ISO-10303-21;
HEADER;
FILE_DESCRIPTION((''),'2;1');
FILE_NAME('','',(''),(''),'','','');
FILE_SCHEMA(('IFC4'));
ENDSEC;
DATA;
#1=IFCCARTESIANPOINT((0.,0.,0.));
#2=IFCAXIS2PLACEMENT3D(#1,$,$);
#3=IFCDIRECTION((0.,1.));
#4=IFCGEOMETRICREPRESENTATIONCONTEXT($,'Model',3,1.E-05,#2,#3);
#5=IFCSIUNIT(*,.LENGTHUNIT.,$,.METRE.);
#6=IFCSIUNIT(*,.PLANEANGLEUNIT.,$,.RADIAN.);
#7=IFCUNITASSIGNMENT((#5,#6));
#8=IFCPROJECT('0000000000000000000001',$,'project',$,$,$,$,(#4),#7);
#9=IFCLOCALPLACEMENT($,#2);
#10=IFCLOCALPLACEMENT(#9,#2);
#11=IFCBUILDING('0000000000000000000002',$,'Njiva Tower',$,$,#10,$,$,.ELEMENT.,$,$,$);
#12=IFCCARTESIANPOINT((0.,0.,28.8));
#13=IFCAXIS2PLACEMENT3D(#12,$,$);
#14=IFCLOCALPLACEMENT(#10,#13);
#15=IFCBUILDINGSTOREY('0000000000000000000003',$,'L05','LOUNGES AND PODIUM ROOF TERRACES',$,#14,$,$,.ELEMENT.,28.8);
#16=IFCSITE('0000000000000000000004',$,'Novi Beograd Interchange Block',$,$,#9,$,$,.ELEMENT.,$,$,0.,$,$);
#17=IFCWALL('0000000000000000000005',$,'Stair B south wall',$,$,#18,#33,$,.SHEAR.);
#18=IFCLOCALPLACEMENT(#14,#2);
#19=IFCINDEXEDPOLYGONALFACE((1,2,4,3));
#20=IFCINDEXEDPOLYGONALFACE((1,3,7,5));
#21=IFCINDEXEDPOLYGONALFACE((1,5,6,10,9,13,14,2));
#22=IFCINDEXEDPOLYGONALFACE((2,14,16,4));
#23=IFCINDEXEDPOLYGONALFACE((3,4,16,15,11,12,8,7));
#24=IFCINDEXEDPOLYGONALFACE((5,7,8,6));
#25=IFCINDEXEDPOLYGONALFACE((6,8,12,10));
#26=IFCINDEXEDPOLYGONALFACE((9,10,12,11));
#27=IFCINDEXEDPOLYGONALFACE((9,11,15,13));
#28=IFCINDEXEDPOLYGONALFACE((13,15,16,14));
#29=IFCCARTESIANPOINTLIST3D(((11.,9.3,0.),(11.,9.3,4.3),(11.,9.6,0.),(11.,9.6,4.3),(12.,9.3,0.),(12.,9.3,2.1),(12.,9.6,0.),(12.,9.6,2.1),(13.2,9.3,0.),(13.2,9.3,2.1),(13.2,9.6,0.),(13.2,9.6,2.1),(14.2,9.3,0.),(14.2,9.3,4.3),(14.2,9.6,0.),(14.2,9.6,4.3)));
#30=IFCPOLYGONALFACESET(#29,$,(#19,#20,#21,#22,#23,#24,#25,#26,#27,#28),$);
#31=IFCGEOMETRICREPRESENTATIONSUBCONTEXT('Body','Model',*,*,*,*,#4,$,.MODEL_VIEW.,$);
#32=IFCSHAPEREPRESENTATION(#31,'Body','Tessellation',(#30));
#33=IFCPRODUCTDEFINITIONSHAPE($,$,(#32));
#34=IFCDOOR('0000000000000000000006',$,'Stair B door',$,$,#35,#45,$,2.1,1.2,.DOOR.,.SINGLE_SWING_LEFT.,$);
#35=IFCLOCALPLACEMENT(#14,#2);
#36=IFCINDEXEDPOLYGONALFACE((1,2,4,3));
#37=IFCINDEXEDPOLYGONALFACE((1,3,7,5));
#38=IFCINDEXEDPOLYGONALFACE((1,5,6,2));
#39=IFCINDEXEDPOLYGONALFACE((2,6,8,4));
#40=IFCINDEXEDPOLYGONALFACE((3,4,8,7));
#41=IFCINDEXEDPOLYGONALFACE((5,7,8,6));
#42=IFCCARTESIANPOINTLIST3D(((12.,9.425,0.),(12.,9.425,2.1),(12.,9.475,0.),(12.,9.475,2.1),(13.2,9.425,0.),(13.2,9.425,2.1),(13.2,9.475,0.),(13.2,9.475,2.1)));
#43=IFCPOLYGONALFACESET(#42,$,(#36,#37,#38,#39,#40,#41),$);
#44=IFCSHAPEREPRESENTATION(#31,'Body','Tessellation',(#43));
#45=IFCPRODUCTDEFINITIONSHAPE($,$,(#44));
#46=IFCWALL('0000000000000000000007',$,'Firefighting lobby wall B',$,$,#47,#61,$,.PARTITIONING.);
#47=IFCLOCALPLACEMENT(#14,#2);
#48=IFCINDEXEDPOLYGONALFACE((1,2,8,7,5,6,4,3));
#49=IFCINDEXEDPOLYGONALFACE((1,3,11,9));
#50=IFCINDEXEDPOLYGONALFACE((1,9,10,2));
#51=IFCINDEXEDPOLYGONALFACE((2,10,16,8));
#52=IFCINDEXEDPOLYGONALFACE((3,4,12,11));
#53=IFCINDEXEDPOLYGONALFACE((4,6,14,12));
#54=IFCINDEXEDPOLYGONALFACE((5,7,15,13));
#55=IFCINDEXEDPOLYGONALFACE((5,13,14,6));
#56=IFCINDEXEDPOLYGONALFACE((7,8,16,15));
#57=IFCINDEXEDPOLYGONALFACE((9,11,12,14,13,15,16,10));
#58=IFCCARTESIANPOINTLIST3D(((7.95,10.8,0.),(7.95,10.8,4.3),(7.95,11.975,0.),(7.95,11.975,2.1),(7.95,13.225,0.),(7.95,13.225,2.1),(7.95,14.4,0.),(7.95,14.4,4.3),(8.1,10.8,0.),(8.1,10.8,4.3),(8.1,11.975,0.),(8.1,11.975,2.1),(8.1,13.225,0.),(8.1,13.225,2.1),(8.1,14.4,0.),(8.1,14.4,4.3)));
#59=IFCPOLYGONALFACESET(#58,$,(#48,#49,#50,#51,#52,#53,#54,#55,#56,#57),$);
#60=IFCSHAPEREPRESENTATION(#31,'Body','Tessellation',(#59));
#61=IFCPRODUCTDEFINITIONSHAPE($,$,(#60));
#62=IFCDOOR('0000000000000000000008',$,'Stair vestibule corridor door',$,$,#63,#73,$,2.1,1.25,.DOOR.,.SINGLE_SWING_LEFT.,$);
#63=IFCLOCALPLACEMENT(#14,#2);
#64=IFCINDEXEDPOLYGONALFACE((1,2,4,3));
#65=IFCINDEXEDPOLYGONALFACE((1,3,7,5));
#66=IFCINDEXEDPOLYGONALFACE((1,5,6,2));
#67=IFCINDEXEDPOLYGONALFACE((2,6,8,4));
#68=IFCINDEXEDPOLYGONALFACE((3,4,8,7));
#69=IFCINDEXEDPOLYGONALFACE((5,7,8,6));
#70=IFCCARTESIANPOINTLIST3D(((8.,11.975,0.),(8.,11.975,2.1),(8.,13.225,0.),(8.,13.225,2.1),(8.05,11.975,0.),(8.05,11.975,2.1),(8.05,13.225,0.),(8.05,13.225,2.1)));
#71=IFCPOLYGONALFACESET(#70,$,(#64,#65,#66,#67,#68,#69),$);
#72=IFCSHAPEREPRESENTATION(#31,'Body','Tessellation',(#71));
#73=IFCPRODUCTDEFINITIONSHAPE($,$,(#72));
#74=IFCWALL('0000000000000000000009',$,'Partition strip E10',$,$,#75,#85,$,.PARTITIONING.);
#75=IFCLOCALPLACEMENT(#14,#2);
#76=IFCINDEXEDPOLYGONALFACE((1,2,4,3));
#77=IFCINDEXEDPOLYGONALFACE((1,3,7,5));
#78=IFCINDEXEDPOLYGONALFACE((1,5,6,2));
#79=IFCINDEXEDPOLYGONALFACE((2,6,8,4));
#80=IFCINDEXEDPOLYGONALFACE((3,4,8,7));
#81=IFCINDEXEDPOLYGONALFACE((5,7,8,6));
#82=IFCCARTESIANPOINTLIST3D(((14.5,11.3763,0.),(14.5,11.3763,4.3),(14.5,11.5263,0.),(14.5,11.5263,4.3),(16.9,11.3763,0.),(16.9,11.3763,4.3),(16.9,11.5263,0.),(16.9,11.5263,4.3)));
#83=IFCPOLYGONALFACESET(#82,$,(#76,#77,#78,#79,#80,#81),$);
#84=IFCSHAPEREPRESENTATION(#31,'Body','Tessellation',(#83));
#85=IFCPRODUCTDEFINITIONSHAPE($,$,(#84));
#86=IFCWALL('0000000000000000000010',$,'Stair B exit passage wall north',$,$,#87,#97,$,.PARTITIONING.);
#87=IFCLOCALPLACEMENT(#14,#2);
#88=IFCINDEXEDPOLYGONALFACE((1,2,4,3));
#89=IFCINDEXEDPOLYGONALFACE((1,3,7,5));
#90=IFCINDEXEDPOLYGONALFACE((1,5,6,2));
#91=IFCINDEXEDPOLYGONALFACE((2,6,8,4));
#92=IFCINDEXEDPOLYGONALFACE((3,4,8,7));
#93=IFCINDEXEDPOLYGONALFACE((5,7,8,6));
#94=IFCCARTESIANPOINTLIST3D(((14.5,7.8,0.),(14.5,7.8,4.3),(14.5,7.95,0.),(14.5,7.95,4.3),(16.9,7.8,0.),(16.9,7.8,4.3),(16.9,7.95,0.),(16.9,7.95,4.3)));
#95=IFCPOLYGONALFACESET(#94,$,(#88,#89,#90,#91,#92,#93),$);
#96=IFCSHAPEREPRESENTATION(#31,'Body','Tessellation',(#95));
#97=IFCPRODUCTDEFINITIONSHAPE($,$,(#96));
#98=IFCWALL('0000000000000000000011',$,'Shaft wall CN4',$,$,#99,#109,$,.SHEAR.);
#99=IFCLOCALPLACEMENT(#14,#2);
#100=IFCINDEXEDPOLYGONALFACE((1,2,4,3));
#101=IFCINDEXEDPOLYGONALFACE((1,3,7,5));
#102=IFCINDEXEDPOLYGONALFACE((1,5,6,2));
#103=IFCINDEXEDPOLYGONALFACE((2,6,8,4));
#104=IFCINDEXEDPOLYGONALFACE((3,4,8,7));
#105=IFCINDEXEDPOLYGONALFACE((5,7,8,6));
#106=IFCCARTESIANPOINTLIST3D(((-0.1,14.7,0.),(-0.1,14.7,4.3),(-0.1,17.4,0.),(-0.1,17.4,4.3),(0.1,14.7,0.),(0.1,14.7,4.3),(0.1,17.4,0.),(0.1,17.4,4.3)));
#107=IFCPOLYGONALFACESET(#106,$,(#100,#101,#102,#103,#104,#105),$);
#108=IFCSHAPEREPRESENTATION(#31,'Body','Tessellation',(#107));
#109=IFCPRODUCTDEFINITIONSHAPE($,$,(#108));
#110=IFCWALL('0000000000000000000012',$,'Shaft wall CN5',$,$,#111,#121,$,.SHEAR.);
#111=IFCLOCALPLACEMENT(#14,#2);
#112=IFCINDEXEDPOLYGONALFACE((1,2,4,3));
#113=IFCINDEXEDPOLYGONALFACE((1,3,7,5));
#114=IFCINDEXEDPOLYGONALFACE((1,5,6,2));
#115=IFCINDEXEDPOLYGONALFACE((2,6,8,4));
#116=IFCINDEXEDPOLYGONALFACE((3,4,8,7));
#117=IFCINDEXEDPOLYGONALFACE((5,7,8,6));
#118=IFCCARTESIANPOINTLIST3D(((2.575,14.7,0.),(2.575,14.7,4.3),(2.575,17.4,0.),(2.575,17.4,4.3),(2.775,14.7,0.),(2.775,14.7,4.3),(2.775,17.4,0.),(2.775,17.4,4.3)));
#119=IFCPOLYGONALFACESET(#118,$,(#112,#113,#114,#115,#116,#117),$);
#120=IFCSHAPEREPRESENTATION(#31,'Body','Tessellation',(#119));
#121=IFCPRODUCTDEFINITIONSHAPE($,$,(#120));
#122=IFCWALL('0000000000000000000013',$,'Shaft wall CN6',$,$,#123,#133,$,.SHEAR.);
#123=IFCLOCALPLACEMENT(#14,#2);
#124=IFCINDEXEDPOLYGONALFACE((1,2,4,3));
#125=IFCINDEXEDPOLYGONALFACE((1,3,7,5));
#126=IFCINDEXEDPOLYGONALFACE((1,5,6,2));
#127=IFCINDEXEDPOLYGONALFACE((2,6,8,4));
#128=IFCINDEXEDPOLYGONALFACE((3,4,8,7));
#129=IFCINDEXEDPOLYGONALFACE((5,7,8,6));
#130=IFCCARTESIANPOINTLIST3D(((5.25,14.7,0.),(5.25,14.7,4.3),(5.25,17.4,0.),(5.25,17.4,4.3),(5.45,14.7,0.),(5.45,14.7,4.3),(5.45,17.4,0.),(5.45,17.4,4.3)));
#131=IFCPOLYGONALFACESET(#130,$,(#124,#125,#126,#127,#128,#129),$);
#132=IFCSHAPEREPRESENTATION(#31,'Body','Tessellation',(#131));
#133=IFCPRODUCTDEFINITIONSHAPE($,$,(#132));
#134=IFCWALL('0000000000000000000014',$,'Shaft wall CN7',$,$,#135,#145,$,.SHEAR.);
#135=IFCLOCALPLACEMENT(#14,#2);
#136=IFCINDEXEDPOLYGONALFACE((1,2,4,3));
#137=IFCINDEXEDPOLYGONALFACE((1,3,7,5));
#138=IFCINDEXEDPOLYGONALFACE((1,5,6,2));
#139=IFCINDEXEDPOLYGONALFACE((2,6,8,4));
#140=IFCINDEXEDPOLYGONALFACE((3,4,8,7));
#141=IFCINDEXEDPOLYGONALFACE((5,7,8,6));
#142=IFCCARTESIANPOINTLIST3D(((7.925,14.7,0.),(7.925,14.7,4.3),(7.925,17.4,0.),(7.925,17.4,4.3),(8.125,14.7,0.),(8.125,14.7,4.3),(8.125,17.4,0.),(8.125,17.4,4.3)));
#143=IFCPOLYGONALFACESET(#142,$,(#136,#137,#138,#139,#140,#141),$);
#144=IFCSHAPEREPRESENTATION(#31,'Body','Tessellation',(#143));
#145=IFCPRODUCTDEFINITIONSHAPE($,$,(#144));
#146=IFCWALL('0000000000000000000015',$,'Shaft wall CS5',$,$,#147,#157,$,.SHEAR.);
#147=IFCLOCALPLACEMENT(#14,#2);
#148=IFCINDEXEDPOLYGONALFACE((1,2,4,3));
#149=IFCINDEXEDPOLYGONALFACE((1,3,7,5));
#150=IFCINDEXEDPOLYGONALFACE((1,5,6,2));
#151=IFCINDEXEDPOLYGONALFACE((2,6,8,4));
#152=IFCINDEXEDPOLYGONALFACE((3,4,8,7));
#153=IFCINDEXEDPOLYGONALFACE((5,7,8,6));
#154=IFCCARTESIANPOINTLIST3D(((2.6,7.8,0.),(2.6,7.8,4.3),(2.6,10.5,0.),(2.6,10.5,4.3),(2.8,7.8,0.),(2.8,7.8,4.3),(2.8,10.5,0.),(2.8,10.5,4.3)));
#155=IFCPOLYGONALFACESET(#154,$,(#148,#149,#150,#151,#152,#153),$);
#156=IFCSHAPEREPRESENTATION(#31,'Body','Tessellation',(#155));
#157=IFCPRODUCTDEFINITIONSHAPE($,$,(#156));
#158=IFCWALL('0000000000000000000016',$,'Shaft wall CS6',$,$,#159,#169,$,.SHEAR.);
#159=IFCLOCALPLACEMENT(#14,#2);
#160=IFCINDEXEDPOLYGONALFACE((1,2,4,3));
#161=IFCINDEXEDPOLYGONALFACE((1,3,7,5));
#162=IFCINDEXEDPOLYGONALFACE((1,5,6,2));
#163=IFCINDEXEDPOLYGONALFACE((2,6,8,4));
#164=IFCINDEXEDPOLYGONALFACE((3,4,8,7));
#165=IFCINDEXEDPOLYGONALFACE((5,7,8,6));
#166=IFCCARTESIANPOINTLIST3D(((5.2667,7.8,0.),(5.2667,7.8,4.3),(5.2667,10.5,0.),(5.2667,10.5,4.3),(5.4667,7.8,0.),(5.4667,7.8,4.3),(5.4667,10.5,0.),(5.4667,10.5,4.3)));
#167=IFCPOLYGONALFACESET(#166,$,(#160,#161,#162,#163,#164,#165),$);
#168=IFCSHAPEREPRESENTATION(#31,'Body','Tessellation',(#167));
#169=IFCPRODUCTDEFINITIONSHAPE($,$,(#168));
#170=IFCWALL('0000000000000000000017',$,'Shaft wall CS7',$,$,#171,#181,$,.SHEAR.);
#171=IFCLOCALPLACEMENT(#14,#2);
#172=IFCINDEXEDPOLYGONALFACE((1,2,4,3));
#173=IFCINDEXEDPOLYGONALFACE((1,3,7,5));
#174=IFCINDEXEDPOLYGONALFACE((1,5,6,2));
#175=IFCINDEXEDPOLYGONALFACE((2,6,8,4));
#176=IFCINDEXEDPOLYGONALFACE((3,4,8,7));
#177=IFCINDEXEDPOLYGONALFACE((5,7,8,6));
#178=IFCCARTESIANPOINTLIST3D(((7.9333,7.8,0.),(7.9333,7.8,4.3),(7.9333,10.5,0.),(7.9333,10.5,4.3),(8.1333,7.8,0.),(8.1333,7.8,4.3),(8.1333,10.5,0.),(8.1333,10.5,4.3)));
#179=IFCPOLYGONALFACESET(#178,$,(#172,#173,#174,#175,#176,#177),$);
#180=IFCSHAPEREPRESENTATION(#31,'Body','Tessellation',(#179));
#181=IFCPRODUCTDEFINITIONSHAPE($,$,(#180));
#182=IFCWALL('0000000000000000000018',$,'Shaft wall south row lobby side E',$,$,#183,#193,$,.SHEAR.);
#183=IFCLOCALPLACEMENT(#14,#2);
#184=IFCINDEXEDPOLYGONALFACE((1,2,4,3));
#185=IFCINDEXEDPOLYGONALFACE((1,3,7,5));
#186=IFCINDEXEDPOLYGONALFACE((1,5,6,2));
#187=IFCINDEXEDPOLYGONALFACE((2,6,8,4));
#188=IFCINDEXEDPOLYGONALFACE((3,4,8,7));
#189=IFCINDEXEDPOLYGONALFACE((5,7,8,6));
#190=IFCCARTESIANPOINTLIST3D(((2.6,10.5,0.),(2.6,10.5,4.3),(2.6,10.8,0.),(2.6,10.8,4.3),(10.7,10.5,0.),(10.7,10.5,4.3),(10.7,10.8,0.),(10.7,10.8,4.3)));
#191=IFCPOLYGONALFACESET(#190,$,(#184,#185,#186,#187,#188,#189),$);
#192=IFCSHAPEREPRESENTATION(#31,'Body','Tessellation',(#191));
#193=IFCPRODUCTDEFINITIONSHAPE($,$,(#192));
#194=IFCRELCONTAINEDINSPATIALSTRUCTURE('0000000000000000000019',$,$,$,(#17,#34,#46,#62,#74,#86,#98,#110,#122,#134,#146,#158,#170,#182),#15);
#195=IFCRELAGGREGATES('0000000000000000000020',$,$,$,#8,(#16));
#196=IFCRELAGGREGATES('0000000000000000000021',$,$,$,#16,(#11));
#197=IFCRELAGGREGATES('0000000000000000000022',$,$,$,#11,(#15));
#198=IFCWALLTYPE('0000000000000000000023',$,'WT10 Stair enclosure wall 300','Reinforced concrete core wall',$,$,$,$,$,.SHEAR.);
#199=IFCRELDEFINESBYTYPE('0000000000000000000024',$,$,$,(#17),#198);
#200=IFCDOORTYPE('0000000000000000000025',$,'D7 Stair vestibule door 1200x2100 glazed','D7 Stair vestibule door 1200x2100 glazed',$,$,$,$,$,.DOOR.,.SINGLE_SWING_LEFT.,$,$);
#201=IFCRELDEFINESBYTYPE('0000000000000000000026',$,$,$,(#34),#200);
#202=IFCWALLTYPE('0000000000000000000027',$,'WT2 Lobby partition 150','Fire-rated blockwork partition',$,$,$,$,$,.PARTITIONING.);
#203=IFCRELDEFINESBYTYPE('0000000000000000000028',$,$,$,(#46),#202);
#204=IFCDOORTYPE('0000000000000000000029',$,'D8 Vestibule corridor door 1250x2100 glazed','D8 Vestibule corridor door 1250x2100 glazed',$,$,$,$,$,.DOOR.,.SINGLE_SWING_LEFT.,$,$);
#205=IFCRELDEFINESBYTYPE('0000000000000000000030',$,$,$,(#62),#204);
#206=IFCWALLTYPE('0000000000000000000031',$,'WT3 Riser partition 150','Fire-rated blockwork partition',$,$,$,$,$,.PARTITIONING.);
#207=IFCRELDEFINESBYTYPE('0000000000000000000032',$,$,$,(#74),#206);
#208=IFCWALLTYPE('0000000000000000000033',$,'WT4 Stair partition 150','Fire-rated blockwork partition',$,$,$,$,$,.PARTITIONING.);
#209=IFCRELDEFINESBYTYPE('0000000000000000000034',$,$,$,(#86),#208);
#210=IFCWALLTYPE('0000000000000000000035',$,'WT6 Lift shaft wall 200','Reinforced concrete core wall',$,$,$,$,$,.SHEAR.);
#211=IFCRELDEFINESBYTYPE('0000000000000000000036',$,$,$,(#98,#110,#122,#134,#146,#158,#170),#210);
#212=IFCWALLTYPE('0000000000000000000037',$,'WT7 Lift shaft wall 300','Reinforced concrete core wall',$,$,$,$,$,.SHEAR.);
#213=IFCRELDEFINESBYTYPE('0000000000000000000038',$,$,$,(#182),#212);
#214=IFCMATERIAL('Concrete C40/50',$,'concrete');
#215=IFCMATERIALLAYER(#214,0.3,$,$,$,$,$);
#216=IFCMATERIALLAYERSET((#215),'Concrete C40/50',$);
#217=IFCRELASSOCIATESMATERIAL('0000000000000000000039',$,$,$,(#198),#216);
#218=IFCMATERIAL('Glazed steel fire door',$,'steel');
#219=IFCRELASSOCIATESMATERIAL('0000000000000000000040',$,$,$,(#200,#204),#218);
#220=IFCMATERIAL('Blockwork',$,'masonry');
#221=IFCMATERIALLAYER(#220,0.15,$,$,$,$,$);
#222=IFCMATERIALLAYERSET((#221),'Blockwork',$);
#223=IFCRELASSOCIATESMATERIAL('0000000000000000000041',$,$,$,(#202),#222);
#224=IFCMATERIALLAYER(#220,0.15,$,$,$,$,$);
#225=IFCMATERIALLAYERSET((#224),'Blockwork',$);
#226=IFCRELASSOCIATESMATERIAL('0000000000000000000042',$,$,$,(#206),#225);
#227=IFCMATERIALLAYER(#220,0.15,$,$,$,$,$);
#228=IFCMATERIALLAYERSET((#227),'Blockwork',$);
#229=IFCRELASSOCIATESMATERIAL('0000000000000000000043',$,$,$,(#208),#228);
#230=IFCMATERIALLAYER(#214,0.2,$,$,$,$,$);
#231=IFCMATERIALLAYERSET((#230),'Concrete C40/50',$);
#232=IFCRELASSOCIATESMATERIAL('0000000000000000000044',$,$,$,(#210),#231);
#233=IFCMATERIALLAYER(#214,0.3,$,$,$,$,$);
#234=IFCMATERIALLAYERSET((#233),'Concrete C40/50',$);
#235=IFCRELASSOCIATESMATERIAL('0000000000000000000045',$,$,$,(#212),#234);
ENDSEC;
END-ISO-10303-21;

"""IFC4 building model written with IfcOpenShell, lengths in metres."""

from ifc_helpers import new_model, si_unit, direction, frame, frame_2d, origin, place, context, subcontext, project, spatial, rectangle, extrude, material, layer, layer_set, type_object, element, fill, save


model = new_model("IFC4")

# Units and contexts
model_context = context("Model", 3, precision=1e-05, world=origin(), true_north=direction((0.0, 1.0)))
body_context = subcontext(model_context, "Body", "Model", "MODEL_VIEW")
ifc_project = project(units=[si_unit("LENGTHUNIT", "METRE"), si_unit("PLANEANGLEUNIT", "RADIAN")], contexts=[model_context])

# Site, building, storey
site_placement = place(None, origin())
site = spatial("IfcSite", under=ifc_project, at=site_placement, Name="Novi Beograd Interchange Block", CompositionType="ELEMENT", RefElevation=0.0)
building_placement = place(site_placement, origin())
building = spatial("IfcBuilding", under=site, at=building_placement, Name="Njiva Tower", CompositionType="ELEMENT")
storey_placement = place(building_placement, frame((0.0, 0.0, 28.8)))
storey = spatial("IfcBuildingStorey", under=building, at=storey_placement, Name="L05", Description="LOUNGES AND PODIUM ROOF TERRACES", CompositionType="ELEMENT", Elevation=28.8)

# Walls, openings, doors
ifc_material_1 = material(Name="Concrete C40/50", Category="concrete")
ifc_layer_1 = layer(ifc_material_1, 0.3)
ifc_layer_set_1 = layer_set([ifc_layer_1], Name="Concrete C40/50")
wall_type_1 = type_object("IfcWallType", Name="WT10 Stair enclosure wall 300", Description="Reinforced concrete core wall", PredefinedType="SHEAR", material=ifc_layer_set_1)
wall_1_placement = place(storey_placement, frame((11.0, 9.45, 0.0), z_axis=(0.0, 0.0, 1.0), x_axis=(1.0, 0.0, 0.0)))
wall_1 = element("IfcWall", 1, at=wall_1_placement, inside=storey, type_object=wall_type_1, Name="Stair B south wall", PredefinedType="SHEAR", context=body_context, shape_type="SweptSolid", body=[
    extrude(rectangle(XDim=3.2, YDim=0.3, at=frame_2d((1.6, 0.0))), origin(), (0.0, 0.0, 1.0), 4.3),
])
opening_1_placement = place(wall_1_placement, frame((1.0, 0.0, 0.0)))
opening_1 = element("IfcOpeningElement", 2, at=opening_1_placement, cuts=wall_1, PredefinedType="OPENING", context=body_context, shape_type="SweptSolid", body=[
    extrude(rectangle(XDim=1.2, YDim=2.1, at=frame_2d((0.6, 1.05))), frame((0.0, 0.16, 0.0), z_axis=(0.0, -1.0, 0.0), x_axis=(1.0, 0.0, 0.0)), (0.0, 0.0, 1.0), 0.32),
])
ifc_material_2 = material(Name="Glazed steel fire door", Category="steel")
door_type_1 = type_object("IfcDoorType", Name="D7 Stair vestibule door 1200x2100 glazed", Description="D7 Stair vestibule door 1200x2100 glazed", OperationType="SINGLE_SWING_LEFT", PredefinedType="DOOR", material=ifc_material_2)
door_1_placement = place(opening_1_placement, origin())
door_1 = element("IfcDoor", 3, at=door_1_placement, inside=storey, type_object=door_type_1, Name="Stair B door", OperationType="SINGLE_SWING_LEFT", OverallHeight=2.1, OverallWidth=1.2, PredefinedType="DOOR", context=body_context, shape_type="SweptSolid", body=[
    extrude(rectangle(XDim=1.2, YDim=2.1, at=frame_2d((0.6, 1.05))), frame((0.0, 0.025, 0.0), z_axis=(0.0, -1.0, 0.0), x_axis=(1.0, 0.0, 0.0)), (0.0, 0.0, 1.0), 0.05),
])
fill(opening_1, door_1)
ifc_material_3 = material(Name="Blockwork", Category="masonry")
ifc_layer_2 = layer(ifc_material_3, 0.15)
ifc_layer_set_2 = layer_set([ifc_layer_2], Name="Blockwork")
wall_type_2 = type_object("IfcWallType", Name="WT2 Lobby partition 150", Description="Fire-rated blockwork partition", PredefinedType="PARTITIONING", material=ifc_layer_set_2)
wall_2_placement = place(storey_placement, frame((8.025, 10.8, 0.0), z_axis=(0.0, 0.0, 1.0), x_axis=(0.0, 1.0, 0.0)))
wall_2 = element("IfcWall", 4, at=wall_2_placement, inside=storey, type_object=wall_type_2, Name="Firefighting lobby wall B", PredefinedType="PARTITIONING", context=body_context, shape_type="SweptSolid", body=[
    extrude(rectangle(XDim=3.6, YDim=0.15, at=frame_2d((1.8, 0.0))), origin(), (0.0, 0.0, 1.0), 4.3),
])
opening_2_placement = place(wall_2_placement, frame((1.175, 0.0, 0.0)))
opening_2 = element("IfcOpeningElement", 5, at=opening_2_placement, cuts=wall_2, PredefinedType="OPENING", context=body_context, shape_type="SweptSolid", body=[
    extrude(rectangle(XDim=1.25, YDim=2.1, at=frame_2d((0.625, 1.05))), frame((0.0, 0.085, 0.0), z_axis=(0.0, -1.0, 0.0), x_axis=(1.0, 0.0, 0.0)), (0.0, 0.0, 1.0), 0.17),
])
door_type_2 = type_object("IfcDoorType", Name="D8 Vestibule corridor door 1250x2100 glazed", Description="D8 Vestibule corridor door 1250x2100 glazed", OperationType="SINGLE_SWING_LEFT", PredefinedType="DOOR", material=ifc_material_2)
door_2_placement = place(opening_2_placement, origin())
door_2 = element("IfcDoor", 6, at=door_2_placement, inside=storey, type_object=door_type_2, Name="Stair vestibule corridor door", OperationType="SINGLE_SWING_LEFT", OverallHeight=2.1, OverallWidth=1.25, PredefinedType="DOOR", context=body_context, shape_type="SweptSolid", body=[
    extrude(rectangle(XDim=1.25, YDim=2.1, at=frame_2d((0.625, 1.05))), frame((0.0, 0.025, 0.0), z_axis=(0.0, -1.0, 0.0), x_axis=(1.0, 0.0, 0.0)), (0.0, 0.0, 1.0), 0.05),
])
fill(opening_2, door_2)

# Walls
ifc_layer_3 = layer(ifc_material_3, 0.15)
ifc_layer_set_3 = layer_set([ifc_layer_3], Name="Blockwork")
wall_type_3 = type_object("IfcWallType", Name="WT3 Riser partition 150", Description="Fire-rated blockwork partition", PredefinedType="PARTITIONING", material=ifc_layer_set_3)
wall_3_placement = place(storey_placement, frame((14.5, 11.4513, 0.0), z_axis=(0.0, 0.0, 1.0), x_axis=(1.0, 0.0, 0.0)))
element("IfcWall", 7, at=wall_3_placement, inside=storey, type_object=wall_type_3, Name="Partition strip E10", PredefinedType="PARTITIONING", context=body_context, shape_type="SweptSolid", body=[
    extrude(rectangle(XDim=2.4, YDim=0.15, at=frame_2d((1.2, 0.0))), origin(), (0.0, 0.0, 1.0), 4.3),
])
ifc_layer_4 = layer(ifc_material_3, 0.15)
ifc_layer_set_4 = layer_set([ifc_layer_4], Name="Blockwork")
wall_type_4 = type_object("IfcWallType", Name="WT4 Stair partition 150", Description="Fire-rated blockwork partition", PredefinedType="PARTITIONING", material=ifc_layer_set_4)
wall_4_placement = place(storey_placement, frame((14.5, 7.875, 0.0), z_axis=(0.0, 0.0, 1.0), x_axis=(1.0, 0.0, 0.0)))
element("IfcWall", 8, at=wall_4_placement, inside=storey, type_object=wall_type_4, Name="Stair B exit passage wall north", PredefinedType="PARTITIONING", context=body_context, shape_type="SweptSolid", body=[
    extrude(rectangle(XDim=2.4, YDim=0.15, at=frame_2d((1.2, 0.0))), origin(), (0.0, 0.0, 1.0), 4.3),
])
ifc_layer_5 = layer(ifc_material_1, 0.2)
ifc_layer_set_5 = layer_set([ifc_layer_5], Name="Concrete C40/50")
wall_type_5 = type_object("IfcWallType", Name="WT6 Lift shaft wall 200", Description="Reinforced concrete core wall", PredefinedType="SHEAR", material=ifc_layer_set_5)
for number, where, z_axis, x_axis, name in (
    (9, (0.0, 14.7, 0.0), (0.0, 0.0, 1.0), (0.0, 1.0, 0.0), "Shaft wall CN4"),
    (10, (2.675, 14.7, 0.0), (0.0, 0.0, 1.0), (0.0, 1.0, 0.0), "Shaft wall CN5"),
    (11, (5.35, 14.7, 0.0), (0.0, 0.0, 1.0), (0.0, 1.0, 0.0), "Shaft wall CN6"),
    (12, (8.025, 14.7, 0.0), (0.0, 0.0, 1.0), (0.0, 1.0, 0.0), "Shaft wall CN7"),
    (13, (2.7, 7.8, 0.0), (0.0, 0.0, 1.0), (0.0, 1.0, 0.0), "Shaft wall CS5"),
    (14, (5.3667, 7.8, 0.0), (0.0, 0.0, 1.0), (0.0, 1.0, 0.0), "Shaft wall CS6"),
    (15, (8.0333, 7.8, 0.0), (0.0, 0.0, 1.0), (0.0, 1.0, 0.0), "Shaft wall CS7"),
):
    element("IfcWall", number, at=place(storey_placement, frame(where, z_axis=z_axis, x_axis=x_axis)), inside=storey, type_object=wall_type_5, Name=name, PredefinedType="SHEAR", context=body_context, shape_type="SweptSolid", body=[
        extrude(rectangle(XDim=2.7, YDim=0.2, at=frame_2d((1.35, 0.0))), origin(), (0.0, 0.0, 1.0), 4.3),
    ])
ifc_layer_6 = layer(ifc_material_1, 0.3)
ifc_layer_set_6 = layer_set([ifc_layer_6], Name="Concrete C40/50")
wall_type_6 = type_object("IfcWallType", Name="WT7 Lift shaft wall 300", Description="Reinforced concrete core wall", PredefinedType="SHEAR", material=ifc_layer_set_6)
for number, where, z_axis, x_axis, name in (
    (16, (2.6, 10.65, 0.0), (0.0, 0.0, 1.0), (1.0, 0.0, 0.0), "Shaft wall south row lobby side E"),
):
    element("IfcWall", number, at=place(storey_placement, frame(where, z_axis=z_axis, x_axis=x_axis)), inside=storey, type_object=wall_type_6, Name=name, PredefinedType="SHEAR", context=body_context, shape_type="SweptSolid", body=[
        extrude(rectangle(XDim=8.1, YDim=0.3, at=frame_2d((4.05, 0.0))), origin(), (0.0, 0.0, 1.0), 4.3),
    ])

save(model, "model.ifc")
